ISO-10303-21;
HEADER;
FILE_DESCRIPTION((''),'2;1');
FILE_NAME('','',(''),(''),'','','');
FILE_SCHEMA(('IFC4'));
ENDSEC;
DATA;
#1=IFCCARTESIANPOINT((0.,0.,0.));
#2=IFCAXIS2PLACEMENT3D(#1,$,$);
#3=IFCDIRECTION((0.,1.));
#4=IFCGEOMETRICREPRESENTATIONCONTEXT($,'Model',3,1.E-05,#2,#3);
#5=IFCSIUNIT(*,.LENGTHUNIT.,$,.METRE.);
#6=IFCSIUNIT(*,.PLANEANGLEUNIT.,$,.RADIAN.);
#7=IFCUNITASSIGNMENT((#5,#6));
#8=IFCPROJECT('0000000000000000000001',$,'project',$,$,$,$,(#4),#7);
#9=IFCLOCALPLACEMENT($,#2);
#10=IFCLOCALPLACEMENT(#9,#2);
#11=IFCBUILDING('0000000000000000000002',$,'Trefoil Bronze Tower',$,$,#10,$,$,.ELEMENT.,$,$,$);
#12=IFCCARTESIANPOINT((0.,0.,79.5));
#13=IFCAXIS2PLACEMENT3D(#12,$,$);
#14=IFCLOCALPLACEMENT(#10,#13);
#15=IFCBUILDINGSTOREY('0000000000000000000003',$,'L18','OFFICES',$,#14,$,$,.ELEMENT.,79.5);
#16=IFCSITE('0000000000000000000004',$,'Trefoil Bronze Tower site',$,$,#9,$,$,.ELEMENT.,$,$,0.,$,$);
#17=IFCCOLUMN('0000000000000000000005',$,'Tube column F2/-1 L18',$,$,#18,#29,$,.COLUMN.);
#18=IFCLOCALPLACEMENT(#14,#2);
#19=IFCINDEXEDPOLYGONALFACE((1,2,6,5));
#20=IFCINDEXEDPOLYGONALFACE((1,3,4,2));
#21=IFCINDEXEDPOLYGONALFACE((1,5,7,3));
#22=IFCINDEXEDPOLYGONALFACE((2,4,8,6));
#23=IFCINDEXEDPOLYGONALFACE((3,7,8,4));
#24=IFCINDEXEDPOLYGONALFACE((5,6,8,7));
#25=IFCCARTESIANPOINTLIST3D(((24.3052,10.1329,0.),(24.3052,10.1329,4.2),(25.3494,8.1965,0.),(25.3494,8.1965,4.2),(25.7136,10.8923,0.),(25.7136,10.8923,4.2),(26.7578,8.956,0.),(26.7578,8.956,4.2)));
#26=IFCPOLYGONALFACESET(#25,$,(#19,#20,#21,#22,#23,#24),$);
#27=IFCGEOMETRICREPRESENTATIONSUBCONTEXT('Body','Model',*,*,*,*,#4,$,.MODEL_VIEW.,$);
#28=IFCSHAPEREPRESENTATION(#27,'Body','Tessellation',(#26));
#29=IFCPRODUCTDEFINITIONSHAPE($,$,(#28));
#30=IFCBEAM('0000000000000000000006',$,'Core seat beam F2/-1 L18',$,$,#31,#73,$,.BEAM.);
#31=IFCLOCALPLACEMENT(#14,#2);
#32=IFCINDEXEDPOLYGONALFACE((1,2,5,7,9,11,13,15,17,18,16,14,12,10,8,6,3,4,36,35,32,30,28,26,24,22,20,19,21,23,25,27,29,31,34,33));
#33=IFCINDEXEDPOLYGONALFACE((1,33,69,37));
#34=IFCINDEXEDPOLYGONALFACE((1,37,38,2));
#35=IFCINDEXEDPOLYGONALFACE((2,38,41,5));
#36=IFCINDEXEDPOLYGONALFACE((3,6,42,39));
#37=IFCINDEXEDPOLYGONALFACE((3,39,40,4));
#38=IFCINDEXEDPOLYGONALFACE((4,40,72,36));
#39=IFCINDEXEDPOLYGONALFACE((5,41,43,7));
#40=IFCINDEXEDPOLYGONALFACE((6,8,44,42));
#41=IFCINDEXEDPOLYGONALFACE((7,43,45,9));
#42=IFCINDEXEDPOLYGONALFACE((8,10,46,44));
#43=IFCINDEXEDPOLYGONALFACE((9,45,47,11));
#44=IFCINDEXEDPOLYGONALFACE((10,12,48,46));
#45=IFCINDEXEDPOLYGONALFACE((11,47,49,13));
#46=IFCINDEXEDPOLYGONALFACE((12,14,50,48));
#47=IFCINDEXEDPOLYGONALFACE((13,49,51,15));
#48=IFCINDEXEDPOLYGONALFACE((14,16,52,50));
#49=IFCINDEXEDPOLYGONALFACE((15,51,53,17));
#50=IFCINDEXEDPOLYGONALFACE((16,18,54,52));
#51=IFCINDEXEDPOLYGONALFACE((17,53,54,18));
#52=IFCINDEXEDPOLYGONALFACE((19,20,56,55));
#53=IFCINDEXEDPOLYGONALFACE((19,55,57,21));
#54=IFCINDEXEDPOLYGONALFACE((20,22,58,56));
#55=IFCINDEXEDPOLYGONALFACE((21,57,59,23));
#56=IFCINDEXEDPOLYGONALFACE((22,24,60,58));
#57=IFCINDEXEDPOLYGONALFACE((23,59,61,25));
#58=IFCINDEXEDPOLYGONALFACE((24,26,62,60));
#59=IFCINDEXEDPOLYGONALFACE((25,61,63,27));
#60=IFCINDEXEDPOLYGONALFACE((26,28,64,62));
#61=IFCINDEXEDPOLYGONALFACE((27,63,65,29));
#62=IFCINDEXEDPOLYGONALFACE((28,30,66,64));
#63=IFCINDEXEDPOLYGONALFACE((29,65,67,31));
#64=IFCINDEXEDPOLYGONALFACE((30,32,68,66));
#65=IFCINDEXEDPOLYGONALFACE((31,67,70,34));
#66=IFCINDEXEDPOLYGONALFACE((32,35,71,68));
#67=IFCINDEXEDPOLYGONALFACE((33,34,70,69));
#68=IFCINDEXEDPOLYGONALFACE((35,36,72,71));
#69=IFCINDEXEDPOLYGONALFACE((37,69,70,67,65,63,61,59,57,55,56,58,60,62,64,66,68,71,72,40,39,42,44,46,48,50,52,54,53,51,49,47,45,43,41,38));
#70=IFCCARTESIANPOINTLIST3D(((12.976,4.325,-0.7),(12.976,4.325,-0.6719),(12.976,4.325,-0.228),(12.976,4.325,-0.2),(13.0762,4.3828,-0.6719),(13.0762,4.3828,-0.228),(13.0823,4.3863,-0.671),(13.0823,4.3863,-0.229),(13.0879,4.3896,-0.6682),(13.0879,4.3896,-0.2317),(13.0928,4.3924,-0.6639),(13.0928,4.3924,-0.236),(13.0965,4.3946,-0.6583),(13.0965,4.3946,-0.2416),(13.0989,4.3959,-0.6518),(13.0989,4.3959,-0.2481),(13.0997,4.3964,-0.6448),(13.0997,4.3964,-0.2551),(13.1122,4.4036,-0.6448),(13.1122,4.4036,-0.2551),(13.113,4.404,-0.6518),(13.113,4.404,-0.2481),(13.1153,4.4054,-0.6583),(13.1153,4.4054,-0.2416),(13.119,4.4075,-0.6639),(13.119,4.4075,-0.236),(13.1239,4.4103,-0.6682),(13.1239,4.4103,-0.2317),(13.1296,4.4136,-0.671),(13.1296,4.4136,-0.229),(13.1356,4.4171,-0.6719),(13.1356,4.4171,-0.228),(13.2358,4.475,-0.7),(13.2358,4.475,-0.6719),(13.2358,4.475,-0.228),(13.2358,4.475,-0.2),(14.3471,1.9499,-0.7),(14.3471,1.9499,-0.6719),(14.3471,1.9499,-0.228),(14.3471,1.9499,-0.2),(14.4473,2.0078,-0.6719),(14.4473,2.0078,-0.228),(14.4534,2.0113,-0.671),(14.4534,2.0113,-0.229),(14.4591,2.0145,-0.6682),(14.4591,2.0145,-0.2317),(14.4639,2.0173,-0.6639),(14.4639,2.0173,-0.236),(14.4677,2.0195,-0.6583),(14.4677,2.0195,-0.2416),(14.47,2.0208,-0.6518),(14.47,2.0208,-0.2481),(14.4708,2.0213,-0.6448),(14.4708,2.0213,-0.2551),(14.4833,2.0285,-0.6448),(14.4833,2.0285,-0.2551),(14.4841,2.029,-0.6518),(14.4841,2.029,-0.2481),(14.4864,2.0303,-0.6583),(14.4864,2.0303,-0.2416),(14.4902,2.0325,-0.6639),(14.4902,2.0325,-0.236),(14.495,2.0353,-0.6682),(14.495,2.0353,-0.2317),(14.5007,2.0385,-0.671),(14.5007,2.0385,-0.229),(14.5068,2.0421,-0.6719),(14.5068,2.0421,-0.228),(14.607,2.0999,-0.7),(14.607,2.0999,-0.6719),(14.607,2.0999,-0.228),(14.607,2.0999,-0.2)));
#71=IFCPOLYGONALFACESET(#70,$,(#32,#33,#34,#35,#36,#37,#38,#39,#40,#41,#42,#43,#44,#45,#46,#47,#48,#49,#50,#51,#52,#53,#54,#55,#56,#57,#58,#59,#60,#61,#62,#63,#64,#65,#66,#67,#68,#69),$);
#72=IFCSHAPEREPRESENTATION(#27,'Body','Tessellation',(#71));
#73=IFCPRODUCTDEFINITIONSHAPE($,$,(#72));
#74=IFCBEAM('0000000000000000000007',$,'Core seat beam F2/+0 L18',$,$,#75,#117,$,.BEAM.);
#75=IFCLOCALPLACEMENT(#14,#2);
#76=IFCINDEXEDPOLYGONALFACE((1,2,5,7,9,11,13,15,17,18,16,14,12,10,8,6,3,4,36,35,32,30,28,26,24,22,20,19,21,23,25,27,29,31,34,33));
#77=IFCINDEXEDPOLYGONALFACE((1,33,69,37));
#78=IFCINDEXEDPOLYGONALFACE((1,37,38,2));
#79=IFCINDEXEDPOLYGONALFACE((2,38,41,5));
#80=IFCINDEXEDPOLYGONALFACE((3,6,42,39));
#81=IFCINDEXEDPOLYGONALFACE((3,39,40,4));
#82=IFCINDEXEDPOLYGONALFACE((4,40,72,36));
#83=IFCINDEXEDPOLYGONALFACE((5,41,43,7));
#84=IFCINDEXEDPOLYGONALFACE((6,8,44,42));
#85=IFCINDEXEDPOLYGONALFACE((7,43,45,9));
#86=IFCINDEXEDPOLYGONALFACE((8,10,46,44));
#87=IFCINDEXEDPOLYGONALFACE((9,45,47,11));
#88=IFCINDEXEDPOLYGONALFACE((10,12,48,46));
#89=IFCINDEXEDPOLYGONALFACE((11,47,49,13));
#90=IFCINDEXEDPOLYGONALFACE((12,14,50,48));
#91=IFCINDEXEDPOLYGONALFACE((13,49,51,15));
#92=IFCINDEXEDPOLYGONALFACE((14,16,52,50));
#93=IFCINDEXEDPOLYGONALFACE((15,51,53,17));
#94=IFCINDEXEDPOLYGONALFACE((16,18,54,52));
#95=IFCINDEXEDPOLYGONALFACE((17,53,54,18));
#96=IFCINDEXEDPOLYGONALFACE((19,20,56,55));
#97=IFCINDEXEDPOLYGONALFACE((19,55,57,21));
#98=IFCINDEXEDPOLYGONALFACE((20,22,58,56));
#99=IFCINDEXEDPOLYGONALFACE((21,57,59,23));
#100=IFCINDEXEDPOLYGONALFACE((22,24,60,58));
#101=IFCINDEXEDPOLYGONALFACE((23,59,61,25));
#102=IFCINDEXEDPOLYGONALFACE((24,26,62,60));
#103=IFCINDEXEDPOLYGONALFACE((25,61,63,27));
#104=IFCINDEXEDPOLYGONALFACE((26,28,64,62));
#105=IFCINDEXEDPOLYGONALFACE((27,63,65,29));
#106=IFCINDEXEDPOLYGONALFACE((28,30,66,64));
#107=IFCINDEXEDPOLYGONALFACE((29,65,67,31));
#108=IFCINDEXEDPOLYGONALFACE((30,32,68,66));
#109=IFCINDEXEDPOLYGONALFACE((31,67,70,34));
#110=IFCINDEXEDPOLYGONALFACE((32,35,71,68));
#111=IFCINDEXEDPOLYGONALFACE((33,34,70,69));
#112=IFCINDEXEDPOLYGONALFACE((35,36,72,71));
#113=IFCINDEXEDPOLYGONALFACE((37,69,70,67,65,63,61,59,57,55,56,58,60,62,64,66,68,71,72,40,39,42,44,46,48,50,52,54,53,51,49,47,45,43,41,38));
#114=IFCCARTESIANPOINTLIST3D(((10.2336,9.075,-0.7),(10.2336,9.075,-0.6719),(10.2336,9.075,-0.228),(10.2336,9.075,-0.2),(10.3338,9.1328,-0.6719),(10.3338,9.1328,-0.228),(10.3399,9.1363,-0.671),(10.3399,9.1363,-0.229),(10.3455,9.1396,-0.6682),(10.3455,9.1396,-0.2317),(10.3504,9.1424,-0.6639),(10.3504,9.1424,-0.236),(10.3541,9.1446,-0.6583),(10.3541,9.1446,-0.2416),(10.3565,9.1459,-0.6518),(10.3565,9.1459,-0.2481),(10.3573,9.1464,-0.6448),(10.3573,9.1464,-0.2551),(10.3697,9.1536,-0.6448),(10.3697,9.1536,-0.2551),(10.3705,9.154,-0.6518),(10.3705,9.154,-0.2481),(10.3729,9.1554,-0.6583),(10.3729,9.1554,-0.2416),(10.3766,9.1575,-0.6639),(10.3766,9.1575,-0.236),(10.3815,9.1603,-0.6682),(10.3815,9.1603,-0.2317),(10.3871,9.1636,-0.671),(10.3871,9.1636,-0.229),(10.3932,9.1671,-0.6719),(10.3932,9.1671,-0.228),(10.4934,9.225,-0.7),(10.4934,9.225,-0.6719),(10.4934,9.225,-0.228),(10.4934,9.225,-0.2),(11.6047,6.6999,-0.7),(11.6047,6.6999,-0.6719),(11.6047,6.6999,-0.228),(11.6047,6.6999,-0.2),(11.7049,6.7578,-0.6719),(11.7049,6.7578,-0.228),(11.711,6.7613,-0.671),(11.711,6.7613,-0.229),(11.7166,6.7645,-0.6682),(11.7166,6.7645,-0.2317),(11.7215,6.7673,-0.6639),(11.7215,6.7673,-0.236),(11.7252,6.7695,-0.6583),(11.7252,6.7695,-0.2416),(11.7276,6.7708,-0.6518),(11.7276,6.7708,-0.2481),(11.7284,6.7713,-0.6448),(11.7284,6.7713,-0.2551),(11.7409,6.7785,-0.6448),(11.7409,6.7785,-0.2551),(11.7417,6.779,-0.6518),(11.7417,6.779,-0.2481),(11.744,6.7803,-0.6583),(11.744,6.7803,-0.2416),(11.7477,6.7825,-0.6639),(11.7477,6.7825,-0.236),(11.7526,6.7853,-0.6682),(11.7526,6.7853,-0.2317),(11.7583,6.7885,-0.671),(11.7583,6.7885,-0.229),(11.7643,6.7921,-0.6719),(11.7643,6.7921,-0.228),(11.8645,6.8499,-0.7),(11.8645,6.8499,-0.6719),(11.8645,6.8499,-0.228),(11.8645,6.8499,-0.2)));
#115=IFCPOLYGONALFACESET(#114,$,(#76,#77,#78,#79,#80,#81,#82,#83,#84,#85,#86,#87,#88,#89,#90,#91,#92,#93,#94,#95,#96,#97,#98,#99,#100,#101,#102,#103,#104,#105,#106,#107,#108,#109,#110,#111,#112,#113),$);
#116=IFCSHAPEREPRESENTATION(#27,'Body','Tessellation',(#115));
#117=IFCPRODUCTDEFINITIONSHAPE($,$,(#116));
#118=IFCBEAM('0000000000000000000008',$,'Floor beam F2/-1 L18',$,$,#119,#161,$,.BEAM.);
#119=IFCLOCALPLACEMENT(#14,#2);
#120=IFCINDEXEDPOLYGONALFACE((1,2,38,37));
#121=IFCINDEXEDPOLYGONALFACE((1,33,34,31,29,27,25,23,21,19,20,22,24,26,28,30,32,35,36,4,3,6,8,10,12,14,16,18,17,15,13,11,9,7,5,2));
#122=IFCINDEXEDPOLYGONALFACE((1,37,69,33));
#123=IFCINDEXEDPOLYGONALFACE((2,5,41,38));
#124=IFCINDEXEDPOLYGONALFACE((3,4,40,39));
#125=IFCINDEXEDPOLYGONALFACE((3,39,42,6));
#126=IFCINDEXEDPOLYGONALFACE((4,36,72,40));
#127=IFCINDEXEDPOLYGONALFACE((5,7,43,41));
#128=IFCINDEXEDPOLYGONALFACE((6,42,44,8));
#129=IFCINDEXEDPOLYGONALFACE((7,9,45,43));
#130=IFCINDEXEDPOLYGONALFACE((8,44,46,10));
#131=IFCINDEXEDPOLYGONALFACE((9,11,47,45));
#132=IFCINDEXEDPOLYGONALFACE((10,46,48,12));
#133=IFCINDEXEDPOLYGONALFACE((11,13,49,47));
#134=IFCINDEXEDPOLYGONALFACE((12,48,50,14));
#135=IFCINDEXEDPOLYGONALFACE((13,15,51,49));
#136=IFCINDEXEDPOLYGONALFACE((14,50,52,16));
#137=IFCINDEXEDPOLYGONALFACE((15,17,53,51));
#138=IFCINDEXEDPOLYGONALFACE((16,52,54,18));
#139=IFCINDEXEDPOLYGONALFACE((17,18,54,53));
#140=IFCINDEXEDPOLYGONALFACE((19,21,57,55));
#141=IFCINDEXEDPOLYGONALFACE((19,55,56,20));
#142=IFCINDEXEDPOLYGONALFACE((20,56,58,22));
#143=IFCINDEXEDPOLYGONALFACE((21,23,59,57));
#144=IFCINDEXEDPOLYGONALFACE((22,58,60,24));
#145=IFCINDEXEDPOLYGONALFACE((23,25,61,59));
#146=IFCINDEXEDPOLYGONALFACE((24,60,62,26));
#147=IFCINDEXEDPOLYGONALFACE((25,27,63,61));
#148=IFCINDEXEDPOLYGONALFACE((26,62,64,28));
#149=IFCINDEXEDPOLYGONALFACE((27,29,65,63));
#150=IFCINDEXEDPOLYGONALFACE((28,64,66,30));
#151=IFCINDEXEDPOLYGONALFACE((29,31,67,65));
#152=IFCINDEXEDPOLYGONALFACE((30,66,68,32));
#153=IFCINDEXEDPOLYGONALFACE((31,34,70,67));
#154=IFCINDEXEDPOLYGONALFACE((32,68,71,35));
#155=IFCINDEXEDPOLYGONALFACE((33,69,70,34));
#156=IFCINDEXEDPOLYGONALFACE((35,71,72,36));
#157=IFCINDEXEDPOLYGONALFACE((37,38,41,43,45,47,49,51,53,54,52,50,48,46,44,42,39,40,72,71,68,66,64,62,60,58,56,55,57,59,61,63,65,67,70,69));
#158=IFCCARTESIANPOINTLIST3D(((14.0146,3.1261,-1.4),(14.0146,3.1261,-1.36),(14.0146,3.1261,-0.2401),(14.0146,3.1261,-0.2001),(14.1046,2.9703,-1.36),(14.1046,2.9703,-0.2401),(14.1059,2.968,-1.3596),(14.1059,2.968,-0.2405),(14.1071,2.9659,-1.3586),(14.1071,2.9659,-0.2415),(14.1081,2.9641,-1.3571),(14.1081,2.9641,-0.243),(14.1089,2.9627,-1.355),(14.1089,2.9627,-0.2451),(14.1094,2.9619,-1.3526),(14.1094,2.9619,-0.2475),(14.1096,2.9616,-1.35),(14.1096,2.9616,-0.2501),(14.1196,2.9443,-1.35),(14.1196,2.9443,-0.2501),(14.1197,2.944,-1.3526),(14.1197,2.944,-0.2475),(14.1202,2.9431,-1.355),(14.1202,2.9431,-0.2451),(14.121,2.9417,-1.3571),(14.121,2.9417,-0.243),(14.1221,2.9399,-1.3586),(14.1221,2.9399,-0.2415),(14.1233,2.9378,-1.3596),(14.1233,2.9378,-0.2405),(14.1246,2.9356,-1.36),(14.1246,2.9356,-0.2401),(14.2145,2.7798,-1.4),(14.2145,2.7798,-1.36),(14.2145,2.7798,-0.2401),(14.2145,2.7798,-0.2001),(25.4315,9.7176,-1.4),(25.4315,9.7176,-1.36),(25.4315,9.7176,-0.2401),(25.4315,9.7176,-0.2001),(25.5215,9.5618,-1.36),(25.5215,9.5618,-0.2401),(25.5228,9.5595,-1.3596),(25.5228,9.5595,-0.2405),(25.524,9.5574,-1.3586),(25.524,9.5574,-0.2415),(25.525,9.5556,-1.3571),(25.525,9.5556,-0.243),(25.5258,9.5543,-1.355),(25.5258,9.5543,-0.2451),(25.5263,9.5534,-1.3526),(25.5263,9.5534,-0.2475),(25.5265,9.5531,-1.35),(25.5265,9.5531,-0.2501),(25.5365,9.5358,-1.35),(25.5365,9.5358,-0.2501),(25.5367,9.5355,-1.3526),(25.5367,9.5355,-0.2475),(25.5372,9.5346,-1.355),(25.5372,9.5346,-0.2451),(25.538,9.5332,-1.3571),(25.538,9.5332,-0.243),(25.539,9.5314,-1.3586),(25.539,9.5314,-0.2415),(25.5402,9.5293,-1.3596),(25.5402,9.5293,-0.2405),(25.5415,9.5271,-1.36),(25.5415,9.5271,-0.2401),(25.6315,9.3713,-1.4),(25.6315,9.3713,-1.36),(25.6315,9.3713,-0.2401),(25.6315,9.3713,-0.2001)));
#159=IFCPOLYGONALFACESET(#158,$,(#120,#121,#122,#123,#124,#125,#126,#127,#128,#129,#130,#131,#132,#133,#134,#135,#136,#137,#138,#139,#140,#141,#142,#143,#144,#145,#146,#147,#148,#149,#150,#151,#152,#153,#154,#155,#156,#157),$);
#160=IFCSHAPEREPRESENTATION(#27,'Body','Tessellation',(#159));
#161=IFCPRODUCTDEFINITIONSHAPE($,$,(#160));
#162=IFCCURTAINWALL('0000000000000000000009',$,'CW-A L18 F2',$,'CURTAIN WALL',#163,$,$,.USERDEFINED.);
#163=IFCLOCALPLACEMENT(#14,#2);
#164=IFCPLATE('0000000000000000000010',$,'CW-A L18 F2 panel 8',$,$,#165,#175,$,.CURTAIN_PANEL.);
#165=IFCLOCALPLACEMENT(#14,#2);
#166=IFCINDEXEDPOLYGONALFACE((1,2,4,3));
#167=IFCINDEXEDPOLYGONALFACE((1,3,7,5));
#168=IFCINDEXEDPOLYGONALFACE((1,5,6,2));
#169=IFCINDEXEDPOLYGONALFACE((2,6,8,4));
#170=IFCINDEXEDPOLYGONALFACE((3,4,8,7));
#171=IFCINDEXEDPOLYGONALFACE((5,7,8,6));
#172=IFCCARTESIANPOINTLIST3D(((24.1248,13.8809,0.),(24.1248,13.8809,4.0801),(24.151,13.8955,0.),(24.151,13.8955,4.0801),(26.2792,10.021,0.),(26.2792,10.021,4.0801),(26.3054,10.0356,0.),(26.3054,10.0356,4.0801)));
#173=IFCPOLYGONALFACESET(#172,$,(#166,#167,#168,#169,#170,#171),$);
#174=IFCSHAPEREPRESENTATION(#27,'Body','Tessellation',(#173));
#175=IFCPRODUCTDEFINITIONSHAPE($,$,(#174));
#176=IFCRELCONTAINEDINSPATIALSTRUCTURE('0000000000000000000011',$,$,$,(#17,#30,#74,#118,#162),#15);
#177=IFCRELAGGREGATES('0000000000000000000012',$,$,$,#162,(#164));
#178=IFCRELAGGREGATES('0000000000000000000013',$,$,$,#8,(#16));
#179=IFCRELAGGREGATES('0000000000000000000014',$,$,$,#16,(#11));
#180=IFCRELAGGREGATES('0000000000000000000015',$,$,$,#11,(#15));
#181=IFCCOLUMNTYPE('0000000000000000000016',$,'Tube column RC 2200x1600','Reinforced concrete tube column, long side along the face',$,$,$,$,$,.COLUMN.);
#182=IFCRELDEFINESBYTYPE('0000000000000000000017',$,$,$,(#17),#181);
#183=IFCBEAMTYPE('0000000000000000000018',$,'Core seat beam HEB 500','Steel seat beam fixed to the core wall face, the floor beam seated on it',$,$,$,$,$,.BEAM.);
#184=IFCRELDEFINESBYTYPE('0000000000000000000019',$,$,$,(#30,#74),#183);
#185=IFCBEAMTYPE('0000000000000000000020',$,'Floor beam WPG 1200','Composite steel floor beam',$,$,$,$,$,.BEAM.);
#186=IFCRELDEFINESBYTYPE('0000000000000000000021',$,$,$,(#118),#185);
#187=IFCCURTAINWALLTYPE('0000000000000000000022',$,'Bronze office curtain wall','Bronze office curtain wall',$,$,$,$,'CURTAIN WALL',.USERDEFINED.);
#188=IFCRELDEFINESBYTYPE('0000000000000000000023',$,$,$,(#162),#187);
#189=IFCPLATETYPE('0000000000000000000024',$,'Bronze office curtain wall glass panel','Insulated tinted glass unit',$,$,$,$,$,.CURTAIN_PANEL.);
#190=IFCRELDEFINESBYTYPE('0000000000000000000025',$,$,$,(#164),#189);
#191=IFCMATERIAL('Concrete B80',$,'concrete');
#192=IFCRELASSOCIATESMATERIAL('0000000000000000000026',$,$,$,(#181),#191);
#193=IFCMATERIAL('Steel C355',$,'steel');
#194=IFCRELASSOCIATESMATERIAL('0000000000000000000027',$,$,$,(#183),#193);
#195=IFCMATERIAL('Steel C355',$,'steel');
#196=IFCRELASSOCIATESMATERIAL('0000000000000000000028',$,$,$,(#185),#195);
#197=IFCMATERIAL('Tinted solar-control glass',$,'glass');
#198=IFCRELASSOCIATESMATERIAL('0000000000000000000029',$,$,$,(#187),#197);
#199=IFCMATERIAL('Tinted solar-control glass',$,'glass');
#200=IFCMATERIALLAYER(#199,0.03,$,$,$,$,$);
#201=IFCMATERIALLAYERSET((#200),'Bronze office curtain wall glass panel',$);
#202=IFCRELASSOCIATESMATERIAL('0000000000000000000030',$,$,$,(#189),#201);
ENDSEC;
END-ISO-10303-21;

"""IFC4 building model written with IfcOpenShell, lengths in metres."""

from ifc_helpers import new_model, si_unit, direction, frame, origin, origin_2d, place, context, subcontext, project, spatial, rectangle, i_section, extrude, material, layer, layer_set, material_profile, profile_set, type_object, element, aggregate, save


model = new_model("IFC4")

# Units and contexts
model_context = context("Model", 3, precision=1e-05, world=origin(), true_north=direction((0.0, 1.0)))
body_context = subcontext(model_context, "Body", "Model", "MODEL_VIEW")
ifc_project = project(units=[si_unit("LENGTHUNIT", "METRE"), si_unit("PLANEANGLEUNIT", "RADIAN")], contexts=[model_context])

# Site, building, storey
site_placement = place(None, origin())
site = spatial("IfcSite", under=ifc_project, at=site_placement, Name="Trefoil Bronze Tower site", CompositionType="ELEMENT", RefElevation=0.0)
building_placement = place(site_placement, origin())
building = spatial("IfcBuilding", under=site, at=building_placement, Name="Trefoil Bronze Tower", CompositionType="ELEMENT")
storey_placement = place(building_placement, frame((0.0, 0.0, 79.5)))
storey = spatial("IfcBuildingStorey", under=building, at=storey_placement, Name="L18", Description="OFFICES", CompositionType="ELEMENT", Elevation=79.5)

# Column
ifc_material_1 = material(Name="Concrete B80", Category="concrete")
ifc_material_profile_1 = material_profile(ifc_material_1, rectangle(XDim=2.2, YDim=1.6001, at=origin_2d()), Name="RC 2200x1600")
ifc_profile_set_1 = profile_set([ifc_material_profile_1], Name="Concrete B80")
column_type = type_object("IfcColumnType", Name="Tube column RC 2200x1600", Description="Reinforced concrete tube column, long side along the face", PredefinedType="COLUMN", material=ifc_profile_set_1)
column_placement = place(storey_placement, frame((25.5315, 9.5444, 0.0), z_axis=(0.0, 0.0, 1.0), x_axis=(-0.474656, 0.880171, 0.0)))
element("IfcColumn", 1, at=column_placement, inside=storey, type_object=column_type, Name="Tube column F2/-1 L18", PredefinedType="COLUMN", context=body_context, shape_type="SweptSolid", body=[
    extrude(rectangle(XDim=2.2, YDim=1.6001, at=origin_2d()), origin(), (0.0, 0.0, 1.0), 4.2),
])

# Beams
ifc_material_2 = material(Name="Steel C355", Category="steel")
ifc_material_profile_2 = material_profile(ifc_material_2, i_section(OverallWidth=0.3, OverallDepth=0.5, WebThickness=0.0144, FlangeThickness=0.0281, FilletRadius=0.0271, at=origin_2d()), Name="HEB 500")
ifc_profile_set_2 = profile_set([ifc_material_profile_2], Name="Steel C355")
beam_type_1 = type_object("IfcBeamType", Name="Core seat beam HEB 500", Description="Steel seat beam fixed to the core wall face, the floor beam seated on it", PredefinedType="BEAM", material=ifc_profile_set_2)
for number, where, z_axis, x_axis, name in (
    (2, (14.4771, 2.0249, -0.45), (-0.499969, 0.866043, 0.0), (-0.866043, -0.499969, 0.0), "Core seat beam F2/-1 L18"),
    (3, (11.7346, 6.7749, -0.45), (-0.499969, 0.866043, 0.0), (-0.866043, -0.499969, 0.0), "Core seat beam F2/+0 L18"),
):
    element("IfcBeam", number, at=place(storey_placement, frame(where, z_axis=z_axis, x_axis=x_axis)), inside=storey, type_object=beam_type_1, Name=name, PredefinedType="BEAM", context=body_context, shape_type="SweptSolid", body=[
        extrude(i_section(OverallWidth=0.3, OverallDepth=0.5, WebThickness=0.0144, FlangeThickness=0.0281, FilletRadius=0.0271, at=origin_2d()), origin(), (0.0, 0.0, 1.0), 2.7424),
    ])
ifc_material_3 = material(Name="Steel C355", Category="steel")
ifc_material_profile_3 = material_profile(ifc_material_3, i_section(OverallWidth=0.3999, OverallDepth=1.2, WebThickness=0.02, FlangeThickness=0.04, FilletRadius=0.01, at=origin_2d()), Name="WPG 1200")
ifc_profile_set_3 = profile_set([ifc_material_profile_3], Name="Steel C355")
beam_type_2 = type_object("IfcBeamType", Name="Floor beam WPG 1200", Description="Composite steel floor beam", PredefinedType="BEAM", material=ifc_profile_set_3)
beam_placement = place(storey_placement, frame((25.5315, 9.5444, -0.8), z_axis=(-0.866027, -0.499997, 0.0), x_axis=(0.499997, -0.866027, 0.0)))
element("IfcBeam", 4, at=beam_placement, inside=storey, type_object=beam_type_2, Name="Floor beam F2/-1 L18", PredefinedType="BEAM", context=body_context, shape_type="SweptSolid", body=[
    extrude(i_section(OverallWidth=0.3999, OverallDepth=1.2, WebThickness=0.02, FlangeThickness=0.04, FilletRadius=0.01, at=origin_2d()), origin(), (0.0, 0.0, 1.0), 13.1831),
])

# Curtain wall, plate
ifc_material_4 = material(Name="Tinted solar-control glass", Category="glass")
curtain_wall_type = type_object("IfcCurtainWallType", Name="Bronze office curtain wall", Description="Bronze office curtain wall", ElementType="CURTAIN WALL", PredefinedType="USERDEFINED", material=ifc_material_4)
curtain_wall_placement = place(storey_placement, origin())
curtain_wall = element("IfcCurtainWall", 5, at=curtain_wall_placement, inside=storey, type_object=curtain_wall_type, Name="CW-A L18 F2", ObjectType="CURTAIN WALL", PredefinedType="USERDEFINED")
ifc_material_5 = material(Name="Tinted solar-control glass", Category="glass")
ifc_layer_1 = layer(ifc_material_5, 0.03)
ifc_layer_set_1 = layer_set([ifc_layer_1], Name="Bronze office curtain wall glass panel")
plate_type = type_object("IfcPlateType", Name="Bronze office curtain wall glass panel", Description="Insulated tinted glass unit", PredefinedType="CURTAIN_PANEL", material=ifc_layer_set_1)
plate_placement = place(storey_placement, frame((25.2151, 11.9583, 0.0), z_axis=(0.0, 0.0, 1.0), x_axis=(-0.487382, 0.873189, 0.0)))
plate = element("IfcPlate", 6, at=plate_placement, type_object=plate_type, Name="CW-A L18 F2 panel 8", PredefinedType="CURTAIN_PANEL", context=body_context, shape_type="SweptSolid", body=[
    extrude(rectangle(XDim=4.4204, YDim=0.03, at=origin_2d()), origin(), (0.0, 0.0, 1.0), 4.0801),
])
aggregate(curtain_wall, [plate])

save(model, "model.ifc")
